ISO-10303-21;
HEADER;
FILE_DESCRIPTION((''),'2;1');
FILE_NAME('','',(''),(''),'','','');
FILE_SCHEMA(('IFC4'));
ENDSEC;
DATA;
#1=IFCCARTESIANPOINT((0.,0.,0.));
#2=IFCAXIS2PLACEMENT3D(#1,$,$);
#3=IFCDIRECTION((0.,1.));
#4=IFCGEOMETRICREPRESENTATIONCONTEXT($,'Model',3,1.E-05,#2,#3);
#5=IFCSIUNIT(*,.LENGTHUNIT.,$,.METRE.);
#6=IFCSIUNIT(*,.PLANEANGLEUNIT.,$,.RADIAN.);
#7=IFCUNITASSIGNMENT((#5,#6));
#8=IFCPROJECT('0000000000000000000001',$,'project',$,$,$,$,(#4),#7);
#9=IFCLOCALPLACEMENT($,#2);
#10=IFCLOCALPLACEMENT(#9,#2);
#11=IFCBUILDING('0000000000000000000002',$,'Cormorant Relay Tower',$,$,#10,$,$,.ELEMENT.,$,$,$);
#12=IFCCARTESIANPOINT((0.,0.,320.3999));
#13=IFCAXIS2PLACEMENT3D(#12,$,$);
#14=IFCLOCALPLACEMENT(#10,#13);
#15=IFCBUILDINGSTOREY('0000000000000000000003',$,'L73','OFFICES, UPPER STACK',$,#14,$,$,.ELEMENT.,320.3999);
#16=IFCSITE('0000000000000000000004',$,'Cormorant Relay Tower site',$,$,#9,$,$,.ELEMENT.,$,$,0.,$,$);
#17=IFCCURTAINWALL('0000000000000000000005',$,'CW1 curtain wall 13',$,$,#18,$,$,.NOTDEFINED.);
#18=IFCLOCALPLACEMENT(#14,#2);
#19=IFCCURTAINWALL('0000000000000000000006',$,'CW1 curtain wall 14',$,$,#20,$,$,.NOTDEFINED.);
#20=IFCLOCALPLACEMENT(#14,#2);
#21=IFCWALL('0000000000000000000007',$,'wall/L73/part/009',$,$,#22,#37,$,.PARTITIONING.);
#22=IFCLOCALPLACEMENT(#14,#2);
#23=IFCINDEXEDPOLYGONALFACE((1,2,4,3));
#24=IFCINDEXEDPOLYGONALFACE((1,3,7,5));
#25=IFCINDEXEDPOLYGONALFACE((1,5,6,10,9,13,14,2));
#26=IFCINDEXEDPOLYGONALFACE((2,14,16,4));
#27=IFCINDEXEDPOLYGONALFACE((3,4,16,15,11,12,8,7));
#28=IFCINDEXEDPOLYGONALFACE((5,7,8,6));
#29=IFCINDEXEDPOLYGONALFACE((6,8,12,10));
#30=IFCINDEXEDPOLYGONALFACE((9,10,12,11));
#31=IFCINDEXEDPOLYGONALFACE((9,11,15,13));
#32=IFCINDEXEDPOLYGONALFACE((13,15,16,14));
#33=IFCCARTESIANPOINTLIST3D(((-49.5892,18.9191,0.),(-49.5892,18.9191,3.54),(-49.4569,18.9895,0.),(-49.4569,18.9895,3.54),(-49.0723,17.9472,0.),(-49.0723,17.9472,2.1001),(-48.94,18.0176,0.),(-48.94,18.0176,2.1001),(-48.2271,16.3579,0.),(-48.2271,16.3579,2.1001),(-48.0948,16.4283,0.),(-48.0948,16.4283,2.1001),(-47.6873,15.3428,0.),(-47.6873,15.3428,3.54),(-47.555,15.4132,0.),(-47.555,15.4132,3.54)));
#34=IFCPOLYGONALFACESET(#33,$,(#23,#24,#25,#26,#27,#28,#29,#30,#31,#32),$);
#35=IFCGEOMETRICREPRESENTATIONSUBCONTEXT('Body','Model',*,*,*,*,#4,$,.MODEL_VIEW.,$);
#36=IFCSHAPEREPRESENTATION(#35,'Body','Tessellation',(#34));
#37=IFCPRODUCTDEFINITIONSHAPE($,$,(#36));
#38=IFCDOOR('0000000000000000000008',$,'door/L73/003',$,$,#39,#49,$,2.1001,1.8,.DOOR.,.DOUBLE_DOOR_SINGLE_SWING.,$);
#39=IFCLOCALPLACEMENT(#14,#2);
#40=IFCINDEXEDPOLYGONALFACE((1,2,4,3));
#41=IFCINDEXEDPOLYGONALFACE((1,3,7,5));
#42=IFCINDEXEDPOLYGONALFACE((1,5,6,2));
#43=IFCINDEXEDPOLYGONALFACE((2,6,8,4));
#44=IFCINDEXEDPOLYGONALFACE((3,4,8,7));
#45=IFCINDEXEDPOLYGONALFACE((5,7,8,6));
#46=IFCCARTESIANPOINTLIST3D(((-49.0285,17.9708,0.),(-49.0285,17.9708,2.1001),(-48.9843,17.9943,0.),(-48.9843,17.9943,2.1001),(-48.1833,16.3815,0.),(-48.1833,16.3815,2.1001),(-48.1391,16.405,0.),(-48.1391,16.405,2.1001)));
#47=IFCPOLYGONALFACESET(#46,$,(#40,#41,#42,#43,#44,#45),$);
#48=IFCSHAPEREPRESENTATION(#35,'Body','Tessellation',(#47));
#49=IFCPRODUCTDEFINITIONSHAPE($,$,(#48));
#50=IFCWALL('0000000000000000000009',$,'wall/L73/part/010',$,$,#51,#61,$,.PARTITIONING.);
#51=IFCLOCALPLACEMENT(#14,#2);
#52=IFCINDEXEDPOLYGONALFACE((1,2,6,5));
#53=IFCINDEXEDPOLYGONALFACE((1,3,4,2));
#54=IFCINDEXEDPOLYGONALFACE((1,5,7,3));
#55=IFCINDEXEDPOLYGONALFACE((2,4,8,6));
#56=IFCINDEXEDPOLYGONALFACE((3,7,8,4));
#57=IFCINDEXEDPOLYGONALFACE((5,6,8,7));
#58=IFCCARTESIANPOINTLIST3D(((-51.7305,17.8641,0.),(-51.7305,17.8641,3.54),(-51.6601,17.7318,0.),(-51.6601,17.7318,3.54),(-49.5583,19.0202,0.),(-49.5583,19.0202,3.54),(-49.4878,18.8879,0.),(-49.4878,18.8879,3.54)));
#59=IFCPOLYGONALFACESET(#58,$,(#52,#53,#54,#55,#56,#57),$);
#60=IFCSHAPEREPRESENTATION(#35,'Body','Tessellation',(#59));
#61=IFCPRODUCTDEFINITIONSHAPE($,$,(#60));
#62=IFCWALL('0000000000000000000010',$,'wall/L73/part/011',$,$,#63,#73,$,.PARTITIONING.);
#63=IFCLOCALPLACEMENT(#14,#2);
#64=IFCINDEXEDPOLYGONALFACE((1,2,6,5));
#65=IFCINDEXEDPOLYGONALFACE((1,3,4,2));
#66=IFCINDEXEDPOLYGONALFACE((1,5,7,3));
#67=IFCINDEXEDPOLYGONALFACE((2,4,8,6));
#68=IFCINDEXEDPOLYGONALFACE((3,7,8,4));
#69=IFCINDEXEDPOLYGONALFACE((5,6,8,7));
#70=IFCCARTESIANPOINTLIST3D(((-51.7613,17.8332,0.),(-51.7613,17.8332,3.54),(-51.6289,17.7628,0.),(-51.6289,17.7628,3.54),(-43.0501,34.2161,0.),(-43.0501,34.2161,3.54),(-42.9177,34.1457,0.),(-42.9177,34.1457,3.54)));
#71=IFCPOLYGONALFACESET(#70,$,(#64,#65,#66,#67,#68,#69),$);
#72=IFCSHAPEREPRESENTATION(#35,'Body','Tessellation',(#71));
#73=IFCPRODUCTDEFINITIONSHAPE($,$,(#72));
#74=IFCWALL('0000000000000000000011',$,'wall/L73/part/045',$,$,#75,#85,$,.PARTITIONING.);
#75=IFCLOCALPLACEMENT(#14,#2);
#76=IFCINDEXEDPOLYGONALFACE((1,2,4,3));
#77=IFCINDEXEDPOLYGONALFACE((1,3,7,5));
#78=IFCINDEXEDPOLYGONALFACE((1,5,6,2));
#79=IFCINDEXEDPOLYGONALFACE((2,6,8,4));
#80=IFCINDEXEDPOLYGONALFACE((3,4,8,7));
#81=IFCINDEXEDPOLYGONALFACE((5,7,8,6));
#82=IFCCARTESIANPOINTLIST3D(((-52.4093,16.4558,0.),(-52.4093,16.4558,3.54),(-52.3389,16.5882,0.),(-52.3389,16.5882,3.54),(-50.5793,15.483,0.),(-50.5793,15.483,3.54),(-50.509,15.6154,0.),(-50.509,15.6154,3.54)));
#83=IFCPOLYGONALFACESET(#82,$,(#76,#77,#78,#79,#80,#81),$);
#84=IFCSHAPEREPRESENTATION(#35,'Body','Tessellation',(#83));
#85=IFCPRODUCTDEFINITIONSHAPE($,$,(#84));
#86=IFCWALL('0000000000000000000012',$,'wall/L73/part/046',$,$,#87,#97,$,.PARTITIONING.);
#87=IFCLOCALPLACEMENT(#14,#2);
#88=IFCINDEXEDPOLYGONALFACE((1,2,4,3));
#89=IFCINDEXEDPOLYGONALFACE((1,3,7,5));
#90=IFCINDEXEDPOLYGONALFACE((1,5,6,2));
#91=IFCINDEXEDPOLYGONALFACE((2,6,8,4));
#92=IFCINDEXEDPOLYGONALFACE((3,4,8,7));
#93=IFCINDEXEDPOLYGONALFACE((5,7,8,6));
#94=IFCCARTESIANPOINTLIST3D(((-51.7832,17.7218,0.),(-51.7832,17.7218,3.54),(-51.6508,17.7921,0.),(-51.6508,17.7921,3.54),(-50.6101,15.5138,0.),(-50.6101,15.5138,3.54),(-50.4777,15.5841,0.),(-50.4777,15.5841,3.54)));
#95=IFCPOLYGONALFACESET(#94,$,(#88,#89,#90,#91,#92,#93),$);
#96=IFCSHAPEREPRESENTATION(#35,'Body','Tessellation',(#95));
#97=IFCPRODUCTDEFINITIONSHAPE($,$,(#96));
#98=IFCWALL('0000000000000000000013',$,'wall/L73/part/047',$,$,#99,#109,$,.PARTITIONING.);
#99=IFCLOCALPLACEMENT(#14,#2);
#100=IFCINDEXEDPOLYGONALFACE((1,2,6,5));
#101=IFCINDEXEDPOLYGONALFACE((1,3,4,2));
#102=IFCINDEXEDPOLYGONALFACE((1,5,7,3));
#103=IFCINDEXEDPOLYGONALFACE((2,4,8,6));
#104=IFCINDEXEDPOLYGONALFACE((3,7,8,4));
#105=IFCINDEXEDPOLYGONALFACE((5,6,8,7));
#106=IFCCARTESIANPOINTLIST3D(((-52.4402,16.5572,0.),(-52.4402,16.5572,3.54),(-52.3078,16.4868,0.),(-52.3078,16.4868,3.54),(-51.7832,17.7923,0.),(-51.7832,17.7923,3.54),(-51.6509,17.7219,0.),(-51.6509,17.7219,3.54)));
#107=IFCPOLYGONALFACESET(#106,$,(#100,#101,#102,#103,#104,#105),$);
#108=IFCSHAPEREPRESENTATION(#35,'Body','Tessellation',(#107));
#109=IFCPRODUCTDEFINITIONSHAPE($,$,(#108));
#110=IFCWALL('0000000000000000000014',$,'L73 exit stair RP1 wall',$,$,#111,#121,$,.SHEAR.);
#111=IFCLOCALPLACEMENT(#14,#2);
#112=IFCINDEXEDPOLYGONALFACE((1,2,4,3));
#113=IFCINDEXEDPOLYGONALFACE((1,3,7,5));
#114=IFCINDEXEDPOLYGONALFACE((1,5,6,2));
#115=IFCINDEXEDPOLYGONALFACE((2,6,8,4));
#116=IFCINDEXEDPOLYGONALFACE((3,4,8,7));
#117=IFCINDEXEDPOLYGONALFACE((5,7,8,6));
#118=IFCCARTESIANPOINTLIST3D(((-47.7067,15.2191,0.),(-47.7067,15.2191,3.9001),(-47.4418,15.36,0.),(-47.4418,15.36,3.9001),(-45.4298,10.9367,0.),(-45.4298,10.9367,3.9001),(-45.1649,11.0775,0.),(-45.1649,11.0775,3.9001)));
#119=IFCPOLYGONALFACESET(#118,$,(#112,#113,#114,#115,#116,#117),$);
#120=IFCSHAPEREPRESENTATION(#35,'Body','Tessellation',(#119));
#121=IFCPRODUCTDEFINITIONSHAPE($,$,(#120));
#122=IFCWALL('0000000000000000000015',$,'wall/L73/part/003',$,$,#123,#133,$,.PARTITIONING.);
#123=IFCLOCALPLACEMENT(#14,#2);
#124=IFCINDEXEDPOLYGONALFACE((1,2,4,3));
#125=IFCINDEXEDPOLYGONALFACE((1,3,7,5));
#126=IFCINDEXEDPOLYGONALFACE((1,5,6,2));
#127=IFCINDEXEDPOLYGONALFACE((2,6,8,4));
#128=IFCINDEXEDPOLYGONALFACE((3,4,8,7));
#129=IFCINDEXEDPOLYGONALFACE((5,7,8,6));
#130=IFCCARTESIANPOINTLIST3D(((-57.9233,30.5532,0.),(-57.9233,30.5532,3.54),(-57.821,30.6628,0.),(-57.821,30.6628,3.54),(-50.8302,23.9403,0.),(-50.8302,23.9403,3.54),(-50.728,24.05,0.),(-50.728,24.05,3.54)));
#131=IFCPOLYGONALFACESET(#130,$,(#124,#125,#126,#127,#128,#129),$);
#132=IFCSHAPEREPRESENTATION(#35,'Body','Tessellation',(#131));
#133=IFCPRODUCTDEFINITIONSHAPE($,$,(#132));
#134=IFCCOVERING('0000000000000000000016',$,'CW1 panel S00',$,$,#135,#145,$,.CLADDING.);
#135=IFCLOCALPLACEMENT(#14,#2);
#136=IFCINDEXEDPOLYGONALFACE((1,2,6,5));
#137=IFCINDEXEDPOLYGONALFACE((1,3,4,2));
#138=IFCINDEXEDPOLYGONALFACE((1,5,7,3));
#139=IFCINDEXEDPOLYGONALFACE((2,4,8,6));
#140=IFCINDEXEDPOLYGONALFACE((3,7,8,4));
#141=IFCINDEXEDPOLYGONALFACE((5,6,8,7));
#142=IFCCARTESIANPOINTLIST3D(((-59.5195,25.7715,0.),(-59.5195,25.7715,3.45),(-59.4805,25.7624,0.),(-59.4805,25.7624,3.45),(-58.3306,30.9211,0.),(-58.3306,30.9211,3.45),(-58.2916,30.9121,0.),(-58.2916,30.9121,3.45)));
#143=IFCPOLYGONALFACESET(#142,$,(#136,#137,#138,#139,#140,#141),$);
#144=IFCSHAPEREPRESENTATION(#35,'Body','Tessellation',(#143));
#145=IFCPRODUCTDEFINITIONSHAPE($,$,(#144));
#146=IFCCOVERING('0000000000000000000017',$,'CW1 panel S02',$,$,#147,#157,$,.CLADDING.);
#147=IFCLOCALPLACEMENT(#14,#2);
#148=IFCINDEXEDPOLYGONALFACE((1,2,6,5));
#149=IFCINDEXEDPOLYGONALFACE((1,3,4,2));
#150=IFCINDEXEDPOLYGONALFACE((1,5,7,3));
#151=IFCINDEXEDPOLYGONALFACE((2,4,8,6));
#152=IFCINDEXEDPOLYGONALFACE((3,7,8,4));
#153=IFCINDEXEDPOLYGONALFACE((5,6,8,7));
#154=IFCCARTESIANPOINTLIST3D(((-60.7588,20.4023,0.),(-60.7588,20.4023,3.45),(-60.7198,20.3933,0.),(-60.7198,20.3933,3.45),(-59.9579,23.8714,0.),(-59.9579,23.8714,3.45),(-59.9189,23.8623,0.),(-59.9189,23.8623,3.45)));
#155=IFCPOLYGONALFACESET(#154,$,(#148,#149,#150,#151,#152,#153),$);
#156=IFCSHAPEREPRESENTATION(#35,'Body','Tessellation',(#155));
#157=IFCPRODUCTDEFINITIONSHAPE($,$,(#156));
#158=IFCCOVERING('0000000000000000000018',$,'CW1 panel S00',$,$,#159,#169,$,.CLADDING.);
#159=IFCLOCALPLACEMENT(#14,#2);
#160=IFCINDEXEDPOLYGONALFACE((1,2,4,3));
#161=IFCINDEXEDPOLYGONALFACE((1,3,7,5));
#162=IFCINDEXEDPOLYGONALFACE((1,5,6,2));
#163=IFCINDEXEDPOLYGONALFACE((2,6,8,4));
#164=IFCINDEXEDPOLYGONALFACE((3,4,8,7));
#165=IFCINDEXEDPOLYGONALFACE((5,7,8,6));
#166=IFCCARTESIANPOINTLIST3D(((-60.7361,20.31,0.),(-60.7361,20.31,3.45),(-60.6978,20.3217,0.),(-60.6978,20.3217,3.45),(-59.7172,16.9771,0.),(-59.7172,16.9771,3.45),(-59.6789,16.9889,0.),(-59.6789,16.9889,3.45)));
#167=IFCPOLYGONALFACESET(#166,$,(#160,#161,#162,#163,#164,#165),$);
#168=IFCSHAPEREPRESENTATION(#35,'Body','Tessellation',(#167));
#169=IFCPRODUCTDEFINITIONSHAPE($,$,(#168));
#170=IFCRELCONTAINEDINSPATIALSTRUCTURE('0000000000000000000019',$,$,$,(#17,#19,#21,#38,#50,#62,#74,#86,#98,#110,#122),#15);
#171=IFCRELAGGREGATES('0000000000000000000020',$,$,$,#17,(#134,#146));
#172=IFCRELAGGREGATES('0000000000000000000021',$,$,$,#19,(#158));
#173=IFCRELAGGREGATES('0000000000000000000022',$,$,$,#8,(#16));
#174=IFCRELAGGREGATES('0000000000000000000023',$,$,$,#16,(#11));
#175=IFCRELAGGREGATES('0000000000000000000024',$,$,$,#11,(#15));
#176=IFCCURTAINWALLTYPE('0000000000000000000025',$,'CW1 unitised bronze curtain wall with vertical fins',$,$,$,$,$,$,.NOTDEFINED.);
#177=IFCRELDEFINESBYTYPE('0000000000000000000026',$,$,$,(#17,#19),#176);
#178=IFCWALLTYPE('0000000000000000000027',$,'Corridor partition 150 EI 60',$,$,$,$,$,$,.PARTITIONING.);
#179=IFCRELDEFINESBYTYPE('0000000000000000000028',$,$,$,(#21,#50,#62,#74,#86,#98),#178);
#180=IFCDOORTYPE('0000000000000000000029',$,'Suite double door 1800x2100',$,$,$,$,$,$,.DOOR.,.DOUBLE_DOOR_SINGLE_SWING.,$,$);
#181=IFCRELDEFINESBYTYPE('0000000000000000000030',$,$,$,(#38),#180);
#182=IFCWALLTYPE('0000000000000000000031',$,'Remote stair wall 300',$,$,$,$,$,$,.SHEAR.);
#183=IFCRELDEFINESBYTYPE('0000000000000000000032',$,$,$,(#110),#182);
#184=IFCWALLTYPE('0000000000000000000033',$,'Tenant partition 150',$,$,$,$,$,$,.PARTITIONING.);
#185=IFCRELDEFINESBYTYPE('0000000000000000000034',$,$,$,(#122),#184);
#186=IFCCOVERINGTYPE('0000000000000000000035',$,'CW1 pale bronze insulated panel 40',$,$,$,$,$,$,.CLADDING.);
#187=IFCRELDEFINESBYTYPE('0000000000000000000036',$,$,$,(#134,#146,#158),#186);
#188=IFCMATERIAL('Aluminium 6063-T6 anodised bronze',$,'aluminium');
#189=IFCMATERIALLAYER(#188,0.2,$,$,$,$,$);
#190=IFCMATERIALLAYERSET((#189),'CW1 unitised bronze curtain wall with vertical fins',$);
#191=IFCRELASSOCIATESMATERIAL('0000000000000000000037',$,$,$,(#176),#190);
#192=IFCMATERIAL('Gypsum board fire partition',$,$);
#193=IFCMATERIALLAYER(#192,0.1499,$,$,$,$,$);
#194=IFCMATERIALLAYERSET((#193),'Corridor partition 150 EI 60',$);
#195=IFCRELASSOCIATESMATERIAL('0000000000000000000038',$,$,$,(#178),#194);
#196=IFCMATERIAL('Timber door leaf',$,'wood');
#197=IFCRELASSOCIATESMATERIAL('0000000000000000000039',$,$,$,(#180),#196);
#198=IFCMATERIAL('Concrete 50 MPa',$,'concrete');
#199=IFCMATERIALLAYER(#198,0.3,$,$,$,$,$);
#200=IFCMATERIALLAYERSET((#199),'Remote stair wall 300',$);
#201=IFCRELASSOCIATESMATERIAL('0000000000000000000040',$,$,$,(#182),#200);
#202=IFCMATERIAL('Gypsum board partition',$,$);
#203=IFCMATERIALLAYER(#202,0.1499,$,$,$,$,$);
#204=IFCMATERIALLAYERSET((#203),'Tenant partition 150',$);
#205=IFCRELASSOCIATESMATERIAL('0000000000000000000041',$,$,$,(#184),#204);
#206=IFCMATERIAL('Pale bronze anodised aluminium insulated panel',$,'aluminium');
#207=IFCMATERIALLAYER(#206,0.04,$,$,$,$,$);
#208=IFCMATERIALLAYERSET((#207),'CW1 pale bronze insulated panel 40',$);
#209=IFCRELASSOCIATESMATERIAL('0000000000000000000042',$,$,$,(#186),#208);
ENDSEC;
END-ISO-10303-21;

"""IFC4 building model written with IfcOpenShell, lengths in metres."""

from ifc_helpers import new_model, si_unit, direction, frame, frame_2d, origin, origin_2d, place, context, subcontext, project, spatial, rectangle, extrude, material, layer, layer_set, type_object, element, fill, aggregate, save


model = new_model("IFC4")

# Units and contexts
model_context = context("Model", 3, precision=1e-05, world=origin(), true_north=direction((0.0, 1.0)))
body_context = subcontext(model_context, "Body", "Model", "MODEL_VIEW")
ifc_project = project(units=[si_unit("LENGTHUNIT", "METRE"), si_unit("PLANEANGLEUNIT", "RADIAN")], contexts=[model_context])

# Site, building, storey
site_placement = place(None, origin())
site = spatial("IfcSite", under=ifc_project, at=site_placement, Name="Cormorant Relay Tower site", CompositionType="ELEMENT", RefElevation=0.0)
building_placement = place(site_placement, origin())
building = spatial("IfcBuilding", under=site, at=building_placement, Name="Cormorant Relay Tower", CompositionType="ELEMENT")
storey_placement = place(building_placement, frame((0.0, 0.0, 320.3999)))
storey = spatial("IfcBuildingStorey", under=building, at=storey_placement, Name="L73", Description="OFFICES, UPPER STACK", CompositionType="ELEMENT", Elevation=320.3999)

# Curtain wall
ifc_material_1 = material(Name="Aluminium 6063-T6 anodised bronze", Category="aluminium")
ifc_layer_1 = layer(ifc_material_1, 0.2)
ifc_layer_set_1 = layer_set([ifc_layer_1], Name="CW1 unitised bronze curtain wall with vertical fins")
curtain_wall_type = type_object("IfcCurtainWallType", Name="CW1 unitised bronze curtain wall with vertical fins", PredefinedType="NOTDEFINED", material=ifc_layer_set_1)
curtain_wall_1_placement = place(storey_placement, origin())
curtain_wall_1 = element("IfcCurtainWall", 1, at=curtain_wall_1_placement, inside=storey, type_object=curtain_wall_type, Name="CW1 curtain wall 13", PredefinedType="NOTDEFINED")

# Curtain wall
curtain_wall_2_placement = place(storey_placement, origin())
curtain_wall_2 = element("IfcCurtainWall", 2, at=curtain_wall_2_placement, inside=storey, type_object=curtain_wall_type, Name="CW1 curtain wall 14", PredefinedType="NOTDEFINED")

# Shared definitions
ifc_material_2 = material(Name="Gypsum board fire partition")
ifc_layer_2 = layer(ifc_material_2, 0.1499)
ifc_layer_set_2 = layer_set([ifc_layer_2], Name="Corridor partition 150 EI 60")
wall_type_1 = type_object("IfcWallType", Name="Corridor partition 150 EI 60", PredefinedType="PARTITIONING", material=ifc_layer_set_2)

# Wall, opening, door
wall_1_placement = place(storey_placement, frame((-47.6211, 15.3779, 0.0), z_axis=(0.0, 0.0, 1.0), x_axis=(-0.469543, 0.88291, 0.0)))
wall_1 = element("IfcWall", 3, at=wall_1_placement, inside=storey, type_object=wall_type_1, Name="wall/L73/part/009", PredefinedType="PARTITIONING", context=body_context, shape_type="SweptSolid", body=[
    extrude(rectangle(XDim=4.0505, YDim=0.1499, at=frame_2d((2.0254, 0.0))), origin(), (0.0, 0.0, 1.0), 3.54),
])
opening_1_placement = place(wall_1_placement, frame((1.1499, 0.0, 0.0)))
opening_1 = element("IfcOpeningElement", 4, at=opening_1_placement, cuts=wall_1, PredefinedType="OPENING", context=body_context, shape_type="SweptSolid", body=[
    extrude(rectangle(XDim=1.8, YDim=2.1001, at=frame_2d((0.8999, 1.05))), frame((0.0, 0.085, 0.0), z_axis=(0.0, -1.0, 0.0), x_axis=(1.0, 0.0, 0.0)), (0.0, 0.0, 1.0), 0.1699),
])
ifc_material_3 = material(Name="Timber door leaf", Category="wood")
door_type_1 = type_object("IfcDoorType", Name="Suite double door 1800x2100", OperationType="DOUBLE_DOOR_SINGLE_SWING", PredefinedType="DOOR", material=ifc_material_3)
door_1_placement = place(opening_1_placement, frame((1.8, 0.0, 0.0), z_axis=(0.0, 0.0, 1.0), x_axis=(-1.0, 0.0, 0.0)))
door_1 = element("IfcDoor", 5, at=door_1_placement, inside=storey, type_object=door_type_1, Name="door/L73/003", OperationType="DOUBLE_DOOR_SINGLE_SWING", OverallHeight=2.1001, OverallWidth=1.8, PredefinedType="DOOR", context=body_context, shape_type="SweptSolid", body=[
    extrude(rectangle(XDim=1.8, YDim=2.1001, at=frame_2d((0.8999, 1.05))), frame((0.0, 0.0249, 0.0), z_axis=(0.0, -1.0, 0.0), x_axis=(1.0, 0.0, 0.0)), (0.0, 0.0, 1.0), 0.05),
])
fill(opening_1, door_1)

# Walls
wall_2_placement = place(storey_placement, frame((-49.5229, 18.9541, 0.0), z_axis=(0.0, 0.0, 1.0), x_axis=(-0.882767, -0.46981, 0.0)))
element("IfcWall", 6, at=wall_2_placement, inside=storey, type_object=wall_type_1, Name="wall/L73/part/010", PredefinedType="PARTITIONING", context=body_context, shape_type="SweptSolid", body=[
    extrude(rectangle(XDim=2.4607, YDim=0.1499, at=frame_2d((1.2305, 0.0))), origin(), (0.0, 0.0, 1.0), 3.54),
])
wall_3_placement = place(storey_placement, frame((-51.6951, 17.7981, 0.0), z_axis=(0.0, 0.0, 1.0), x_axis=(0.469484, 0.882941, 0.0)))
element("IfcWall", 7, at=wall_3_placement, inside=storey, type_object=wall_type_1, Name="wall/L73/part/011", PredefinedType="PARTITIONING", context=body_context, shape_type="SweptSolid", body=[
    extrude(rectangle(XDim=18.5549, YDim=0.1499, at=frame_2d((9.2773, 0.0))), origin(), (0.0, 0.0, 1.0), 3.54),
])
wall_4_placement = place(storey_placement, frame((-52.374, 16.522, 0.0), z_axis=(0.0, 0.0, 1.0), x_axis=(0.882981, -0.469408, 0.0)))
element("IfcWall", 8, at=wall_4_placement, inside=storey, type_object=wall_type_1, Name="wall/L73/part/045", PredefinedType="PARTITIONING", context=body_context, shape_type="SweptSolid", body=[
    extrude(rectangle(XDim=2.0725, YDim=0.1499, at=frame_2d((1.0361, 0.0))), origin(), (0.0, 0.0, 1.0), 3.54),
])
wall_5_placement = place(storey_placement, frame((-50.5439, 15.5491, 0.0), z_axis=(0.0, 0.0, 1.0), x_axis=(-0.469184, 0.883101, 0.0)))
element("IfcWall", 9, at=wall_5_placement, inside=storey, type_object=wall_type_1, Name="wall/L73/part/046", PredefinedType="PARTITIONING", context=body_context, shape_type="SweptSolid", body=[
    extrude(rectangle(XDim=2.5002, YDim=0.1499, at=frame_2d((1.25, 0.0))), origin(), (0.0, 0.0, 1.0), 3.54),
])
wall_6_placement = place(storey_placement, frame((-51.717, 17.7571, 0.0), z_axis=(0.0, 0.0, 1.0), x_axis=(-0.469619, -0.882869, 0.0)))
element("IfcWall", 10, at=wall_6_placement, inside=storey, type_object=wall_type_1, Name="wall/L73/part/047", PredefinedType="PARTITIONING", context=body_context, shape_type="SweptSolid", body=[
    extrude(rectangle(XDim=1.3989, YDim=0.1499, at=frame_2d((0.6995, 0.0))), origin(), (0.0, 0.0, 1.0), 3.54),
])
ifc_material_4 = material(Name="Concrete 50 MPa", Category="concrete")
ifc_layer_3 = layer(ifc_material_4, 0.3)
ifc_layer_set_3 = layer_set([ifc_layer_3], Name="Remote stair wall 300")
wall_type_2 = type_object("IfcWallType", Name="Remote stair wall 300", PredefinedType="SHEAR", material=ifc_layer_set_3)
wall_7_placement = place(storey_placement, frame((-47.5742, 15.2896, 0.0), z_axis=(0.0, 0.0, 1.0), x_axis=(0.469443, -0.882963, 0.0)))
element("IfcWall", 11, at=wall_7_placement, inside=storey, type_object=wall_type_2, Name="L73 exit stair RP1 wall", PredefinedType="SHEAR", context=body_context, shape_type="SweptSolid", body=[
    extrude(rectangle(XDim=4.8501, YDim=0.3, at=frame_2d((2.425, 0.0))), origin(), (0.0, 0.0, 1.0), 3.9001),
])
ifc_material_5 = material(Name="Gypsum board partition")
ifc_layer_4 = layer(ifc_material_5, 0.1499)
ifc_layer_set_4 = layer_set([ifc_layer_4], Name="Tenant partition 150")
wall_type_3 = type_object("IfcWallType", Name="Tenant partition 150", PredefinedType="PARTITIONING", material=ifc_layer_set_4)
wall_8_placement = place(storey_placement, frame((-57.8721, 30.6079, 0.0), z_axis=(0.0, 0.0, 1.0), x_axis=(0.731434, -0.681913, 0.0)))
element("IfcWall", 12, at=wall_8_placement, inside=storey, type_object=wall_type_3, Name="wall/L73/part/003", PredefinedType="PARTITIONING", context=body_context, shape_type="SweptSolid", body=[
    extrude(rectangle(XDim=9.6975, YDim=0.1499, at=frame_2d((4.8486, 0.0))), origin(), (0.0, 0.0, 1.0), 3.54),
])

# Coverings
ifc_material_6 = material(Name="Pale bronze anodised aluminium insulated panel", Category="aluminium")
ifc_layer_5 = layer(ifc_material_6, 0.04)
ifc_layer_set_5 = layer_set([ifc_layer_5], Name="CW1 pale bronze insulated panel 40")
covering_type = type_object("IfcCoveringType", Name="CW1 pale bronze insulated panel 40", PredefinedType="CLADDING", material=ifc_layer_set_5)
covering_1_placement = place(storey_placement, frame((-58.9055, 28.3418, 0.0), z_axis=(0.0, 0.0, 1.0), x_axis=(-0.224951, -0.97437, 0.0)))
covering_1 = element("IfcCovering", 13, at=covering_1_placement, type_object=covering_type, Name="CW1 panel S00", PredefinedType="CLADDING", context=body_context, shape_type="SweptSolid", body=[
    extrude(rectangle(XDim=5.2852, YDim=0.04, at=origin_2d()), origin(), (0.0, 0.0, 1.0), 3.45),
])
covering_2_placement = place(storey_placement, frame((-60.3389, 22.1323, 0.0), z_axis=(0.0, 0.0, 1.0), x_axis=(-0.224951, -0.97437, 0.0)))
covering_2 = element("IfcCovering", 14, at=covering_2_placement, type_object=covering_type, Name="CW1 panel S02", PredefinedType="CLADDING", context=body_context, shape_type="SweptSolid", body=[
    extrude(rectangle(XDim=3.5603, YDim=0.04, at=origin_2d()), origin(), (0.0, 0.0, 1.0), 3.45),
])
aggregate(curtain_wall_1, [covering_1, covering_2])
covering_3_placement = place(storey_placement, frame((-60.2075, 18.6494, 0.0), z_axis=(0.0, 0.0, 1.0), x_axis=(0.292372, -0.956305, 0.0)))
covering_3 = element("IfcCovering", 15, at=covering_3_placement, type_object=covering_type, Name="CW1 panel S00", PredefinedType="CLADDING", context=body_context, shape_type="SweptSolid", body=[
    extrude(rectangle(XDim=3.4851, YDim=0.04, at=origin_2d()), origin(), (0.0, 0.0, 1.0), 3.45),
])
aggregate(curtain_wall_2, [covering_3])

save(model, "model.ifc")
